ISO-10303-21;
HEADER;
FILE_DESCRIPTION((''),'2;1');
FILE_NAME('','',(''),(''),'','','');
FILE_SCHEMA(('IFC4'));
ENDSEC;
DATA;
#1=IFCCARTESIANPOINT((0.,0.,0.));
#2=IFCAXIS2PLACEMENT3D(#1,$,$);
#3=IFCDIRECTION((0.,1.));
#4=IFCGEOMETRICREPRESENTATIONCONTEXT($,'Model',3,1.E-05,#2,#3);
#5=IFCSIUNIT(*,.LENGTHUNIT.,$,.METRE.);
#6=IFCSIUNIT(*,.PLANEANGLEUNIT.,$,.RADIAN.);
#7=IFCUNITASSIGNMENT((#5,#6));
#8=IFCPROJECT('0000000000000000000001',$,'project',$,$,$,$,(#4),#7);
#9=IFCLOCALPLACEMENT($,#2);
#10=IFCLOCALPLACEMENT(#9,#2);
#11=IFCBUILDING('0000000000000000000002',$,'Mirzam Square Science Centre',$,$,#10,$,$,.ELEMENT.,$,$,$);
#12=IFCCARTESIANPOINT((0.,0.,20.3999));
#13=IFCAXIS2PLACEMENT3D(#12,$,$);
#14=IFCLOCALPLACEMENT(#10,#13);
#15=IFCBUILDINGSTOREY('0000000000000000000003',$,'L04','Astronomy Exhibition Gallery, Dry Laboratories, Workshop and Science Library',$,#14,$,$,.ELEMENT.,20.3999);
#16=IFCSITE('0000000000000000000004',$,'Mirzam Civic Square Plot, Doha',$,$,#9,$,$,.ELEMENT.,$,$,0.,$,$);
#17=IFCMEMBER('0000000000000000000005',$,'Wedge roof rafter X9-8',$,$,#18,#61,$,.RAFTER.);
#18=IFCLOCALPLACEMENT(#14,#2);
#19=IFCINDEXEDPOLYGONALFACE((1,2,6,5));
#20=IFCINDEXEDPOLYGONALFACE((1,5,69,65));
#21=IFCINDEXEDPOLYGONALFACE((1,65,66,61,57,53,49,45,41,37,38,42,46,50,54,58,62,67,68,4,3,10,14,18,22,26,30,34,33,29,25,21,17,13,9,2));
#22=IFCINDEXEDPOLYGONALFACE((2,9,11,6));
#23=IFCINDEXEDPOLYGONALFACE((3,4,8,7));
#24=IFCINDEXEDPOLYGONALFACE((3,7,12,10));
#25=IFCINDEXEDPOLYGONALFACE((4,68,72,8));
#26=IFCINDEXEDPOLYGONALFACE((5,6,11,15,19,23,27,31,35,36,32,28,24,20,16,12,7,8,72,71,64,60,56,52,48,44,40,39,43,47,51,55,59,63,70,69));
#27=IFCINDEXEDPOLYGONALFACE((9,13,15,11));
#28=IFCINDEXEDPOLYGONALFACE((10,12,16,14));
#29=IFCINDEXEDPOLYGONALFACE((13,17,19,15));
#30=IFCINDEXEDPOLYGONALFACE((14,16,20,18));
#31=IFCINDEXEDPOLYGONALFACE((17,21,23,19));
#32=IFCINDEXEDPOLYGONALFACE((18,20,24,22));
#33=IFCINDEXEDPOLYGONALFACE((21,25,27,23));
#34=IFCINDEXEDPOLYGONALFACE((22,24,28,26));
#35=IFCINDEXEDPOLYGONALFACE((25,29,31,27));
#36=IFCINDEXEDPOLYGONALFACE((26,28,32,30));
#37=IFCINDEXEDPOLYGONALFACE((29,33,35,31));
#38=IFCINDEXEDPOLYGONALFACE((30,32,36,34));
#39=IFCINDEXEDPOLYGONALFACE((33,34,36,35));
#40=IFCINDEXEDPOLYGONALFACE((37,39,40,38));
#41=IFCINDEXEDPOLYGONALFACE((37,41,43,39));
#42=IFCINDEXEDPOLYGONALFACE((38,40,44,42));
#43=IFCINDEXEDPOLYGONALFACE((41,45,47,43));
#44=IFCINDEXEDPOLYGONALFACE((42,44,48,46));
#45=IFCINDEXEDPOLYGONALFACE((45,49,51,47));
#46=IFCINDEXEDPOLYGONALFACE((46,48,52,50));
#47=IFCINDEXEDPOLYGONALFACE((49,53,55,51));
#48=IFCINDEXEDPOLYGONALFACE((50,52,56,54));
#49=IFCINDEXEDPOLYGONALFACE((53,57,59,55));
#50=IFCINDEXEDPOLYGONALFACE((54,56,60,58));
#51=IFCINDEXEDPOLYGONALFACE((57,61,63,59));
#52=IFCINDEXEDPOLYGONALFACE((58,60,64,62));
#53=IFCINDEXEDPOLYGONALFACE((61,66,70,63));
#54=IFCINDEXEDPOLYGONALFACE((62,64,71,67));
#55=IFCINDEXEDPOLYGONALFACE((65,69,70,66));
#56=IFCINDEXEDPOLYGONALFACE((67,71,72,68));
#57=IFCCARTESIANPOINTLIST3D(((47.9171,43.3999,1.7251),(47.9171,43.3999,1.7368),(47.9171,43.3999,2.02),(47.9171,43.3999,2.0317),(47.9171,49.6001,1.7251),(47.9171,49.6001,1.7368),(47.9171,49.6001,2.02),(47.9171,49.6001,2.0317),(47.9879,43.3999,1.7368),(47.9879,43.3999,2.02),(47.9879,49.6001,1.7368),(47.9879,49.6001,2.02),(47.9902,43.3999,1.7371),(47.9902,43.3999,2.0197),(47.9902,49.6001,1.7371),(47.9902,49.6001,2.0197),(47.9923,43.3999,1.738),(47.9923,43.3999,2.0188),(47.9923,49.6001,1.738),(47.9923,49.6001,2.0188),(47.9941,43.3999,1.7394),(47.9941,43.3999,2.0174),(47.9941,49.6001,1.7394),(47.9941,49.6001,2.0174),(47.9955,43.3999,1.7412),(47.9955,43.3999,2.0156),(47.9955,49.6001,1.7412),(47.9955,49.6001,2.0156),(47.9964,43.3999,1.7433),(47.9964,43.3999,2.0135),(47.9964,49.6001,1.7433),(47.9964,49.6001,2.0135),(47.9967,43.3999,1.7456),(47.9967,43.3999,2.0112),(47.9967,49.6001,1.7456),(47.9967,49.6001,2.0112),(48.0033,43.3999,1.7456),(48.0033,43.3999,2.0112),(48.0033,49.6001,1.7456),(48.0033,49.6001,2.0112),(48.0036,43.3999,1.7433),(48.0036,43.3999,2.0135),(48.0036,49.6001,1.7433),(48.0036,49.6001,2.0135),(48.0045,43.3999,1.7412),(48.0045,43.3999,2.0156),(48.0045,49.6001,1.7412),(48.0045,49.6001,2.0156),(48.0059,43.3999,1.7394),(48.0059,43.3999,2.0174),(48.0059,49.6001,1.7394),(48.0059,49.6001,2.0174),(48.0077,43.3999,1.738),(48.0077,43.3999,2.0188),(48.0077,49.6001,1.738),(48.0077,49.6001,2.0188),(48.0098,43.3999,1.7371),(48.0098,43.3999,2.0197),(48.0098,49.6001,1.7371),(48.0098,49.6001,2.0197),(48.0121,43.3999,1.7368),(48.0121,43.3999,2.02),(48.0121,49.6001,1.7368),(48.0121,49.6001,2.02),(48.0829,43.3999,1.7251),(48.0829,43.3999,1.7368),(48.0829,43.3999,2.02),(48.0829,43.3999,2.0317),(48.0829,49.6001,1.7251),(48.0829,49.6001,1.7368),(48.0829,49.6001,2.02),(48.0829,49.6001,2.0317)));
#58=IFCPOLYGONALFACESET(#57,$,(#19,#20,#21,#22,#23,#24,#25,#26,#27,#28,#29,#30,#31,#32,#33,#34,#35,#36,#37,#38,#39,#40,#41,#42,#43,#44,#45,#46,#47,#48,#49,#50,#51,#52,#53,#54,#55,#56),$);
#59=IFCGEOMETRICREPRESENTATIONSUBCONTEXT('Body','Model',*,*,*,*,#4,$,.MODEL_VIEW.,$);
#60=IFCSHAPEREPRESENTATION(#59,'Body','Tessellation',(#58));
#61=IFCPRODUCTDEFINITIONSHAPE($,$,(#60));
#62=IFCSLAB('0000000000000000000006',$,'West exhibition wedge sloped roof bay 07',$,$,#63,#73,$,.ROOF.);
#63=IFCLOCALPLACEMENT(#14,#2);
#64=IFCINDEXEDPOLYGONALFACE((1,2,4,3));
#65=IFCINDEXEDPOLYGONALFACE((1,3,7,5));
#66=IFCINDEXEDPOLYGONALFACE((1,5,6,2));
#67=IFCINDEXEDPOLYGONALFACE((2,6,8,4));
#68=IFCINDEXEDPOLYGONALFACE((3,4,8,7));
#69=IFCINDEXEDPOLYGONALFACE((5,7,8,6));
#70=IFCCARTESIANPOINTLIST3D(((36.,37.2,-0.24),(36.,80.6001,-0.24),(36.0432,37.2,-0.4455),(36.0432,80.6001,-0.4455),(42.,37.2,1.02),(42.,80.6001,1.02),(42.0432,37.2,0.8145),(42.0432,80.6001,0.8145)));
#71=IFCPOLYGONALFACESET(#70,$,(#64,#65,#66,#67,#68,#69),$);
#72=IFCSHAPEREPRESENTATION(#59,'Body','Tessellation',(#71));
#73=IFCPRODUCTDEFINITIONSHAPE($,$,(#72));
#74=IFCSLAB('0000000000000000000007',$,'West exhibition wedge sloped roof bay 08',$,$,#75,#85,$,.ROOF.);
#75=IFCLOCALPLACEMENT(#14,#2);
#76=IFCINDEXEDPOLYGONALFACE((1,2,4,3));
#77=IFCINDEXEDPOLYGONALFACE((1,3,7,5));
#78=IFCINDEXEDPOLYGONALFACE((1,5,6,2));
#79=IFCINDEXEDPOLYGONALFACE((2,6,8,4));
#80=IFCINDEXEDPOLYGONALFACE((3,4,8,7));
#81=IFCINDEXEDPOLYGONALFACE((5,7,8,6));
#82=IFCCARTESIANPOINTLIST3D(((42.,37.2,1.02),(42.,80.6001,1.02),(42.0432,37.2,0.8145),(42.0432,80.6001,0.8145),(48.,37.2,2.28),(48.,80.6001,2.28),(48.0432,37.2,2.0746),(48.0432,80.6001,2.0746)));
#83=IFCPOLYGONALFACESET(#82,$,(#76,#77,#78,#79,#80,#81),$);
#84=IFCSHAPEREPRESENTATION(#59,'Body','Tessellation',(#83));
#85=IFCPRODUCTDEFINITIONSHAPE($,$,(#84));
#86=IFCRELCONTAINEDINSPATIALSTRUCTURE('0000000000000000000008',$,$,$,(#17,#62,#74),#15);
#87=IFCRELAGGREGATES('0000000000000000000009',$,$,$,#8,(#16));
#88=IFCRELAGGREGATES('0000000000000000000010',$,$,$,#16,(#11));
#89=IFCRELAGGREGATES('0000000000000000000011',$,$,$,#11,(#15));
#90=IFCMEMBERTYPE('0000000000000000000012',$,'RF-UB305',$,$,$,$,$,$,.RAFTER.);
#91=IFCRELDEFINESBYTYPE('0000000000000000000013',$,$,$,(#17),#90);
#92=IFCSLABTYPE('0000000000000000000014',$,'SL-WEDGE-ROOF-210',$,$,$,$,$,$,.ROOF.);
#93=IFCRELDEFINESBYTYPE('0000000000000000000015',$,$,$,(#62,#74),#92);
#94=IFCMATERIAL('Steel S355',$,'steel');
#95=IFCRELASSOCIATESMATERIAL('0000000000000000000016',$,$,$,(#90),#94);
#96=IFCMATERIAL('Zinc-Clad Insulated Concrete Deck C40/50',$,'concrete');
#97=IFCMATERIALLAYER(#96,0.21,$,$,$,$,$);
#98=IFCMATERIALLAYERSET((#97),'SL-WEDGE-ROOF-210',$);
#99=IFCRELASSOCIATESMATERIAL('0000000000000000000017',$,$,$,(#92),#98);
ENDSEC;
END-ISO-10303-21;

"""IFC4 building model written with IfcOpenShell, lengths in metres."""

from ifc_helpers import new_model, si_unit, direction, frame, origin, origin_2d, place, context, subcontext, project, spatial, polyline, i_section, outline, extrude, material, layer, layer_set, material_profile, profile_set, type_object, element, save


model = new_model("IFC4")

# Units and contexts
model_context = context("Model", 3, precision=1e-05, world=origin(), true_north=direction((0.0, 1.0)))
body_context = subcontext(model_context, "Body", "Model", "MODEL_VIEW")
ifc_project = project(units=[si_unit("LENGTHUNIT", "METRE"), si_unit("PLANEANGLEUNIT", "RADIAN")], contexts=[model_context])

# Site, building, storey
site_placement = place(None, origin())
site = spatial("IfcSite", under=ifc_project, at=site_placement, Name="Mirzam Civic Square Plot, Doha", CompositionType="ELEMENT", RefElevation=0.0)
building_placement = place(site_placement, origin())
building = spatial("IfcBuilding", under=site, at=building_placement, Name="Mirzam Square Science Centre", CompositionType="ELEMENT")
storey_placement = place(building_placement, frame((0.0, 0.0, 20.3999)))
storey = spatial("IfcBuildingStorey", under=building, at=storey_placement, Name="L04", Description="Astronomy Exhibition Gallery, Dry Laboratories, Workshop and Science Library", CompositionType="ELEMENT", Elevation=20.3999)

# Member
ifc_material_1 = material(Name="Steel S355", Category="steel")
ifc_material_profile_1 = material_profile(ifc_material_1, i_section(OverallWidth=0.1658, OverallDepth=0.3066, WebThickness=0.0066, FlangeThickness=0.0117, FilletRadius=0.0088, at=origin_2d()), Name="305x165x46UB")
ifc_profile_set_1 = profile_set([ifc_material_profile_1], Name="Steel S355")
member_type_1 = type_object("IfcMemberType", Name="RF-UB305", PredefinedType="RAFTER", material=ifc_profile_set_1)
member_1_placement = place(storey_placement, frame((48.0, 43.3999, 1.8784), z_axis=(0.0, 1.0, 0.0), x_axis=(-1.0, 0.0, 0.0)))
element("IfcMember", 1, at=member_1_placement, inside=storey, type_object=member_type_1, Name="Wedge roof rafter X9-8", PredefinedType="RAFTER", context=body_context, shape_type="SweptSolid", body=[
    extrude(i_section(OverallWidth=0.1658, OverallDepth=0.3066, WebThickness=0.0066, FlangeThickness=0.0117, FilletRadius=0.0088, at=origin_2d()), origin(), (0.0, 0.0, 1.0), 6.2002),
])

# Slabs
ifc_material_2 = material(Name="Zinc-Clad Insulated Concrete Deck C40/50", Category="concrete")
ifc_layer = layer(ifc_material_2, 0.21)
ifc_layer_set = layer_set([ifc_layer], Name="SL-WEDGE-ROOF-210")
slab_type = type_object("IfcSlabType", Name="SL-WEDGE-ROOF-210", PredefinedType="ROOF", material=ifc_layer_set)
for number, where, z_axis, x_axis, name in (
    (2, (36.0, 37.2, -0.24), (-0.205519, 0.0, 0.978653), (0.978653, 0.0, 0.205519), "West exhibition wedge sloped roof bay 07"),
    (3, (42.0, 37.2, 1.02), (-0.205519, 0.0, 0.978653), (0.978653, 0.0, 0.205519), "West exhibition wedge sloped roof bay 08"),
):
    element("IfcSlab", number, at=place(storey_placement, frame(where, z_axis=z_axis, x_axis=x_axis)), inside=storey, type_object=slab_type, Name=name, PredefinedType="ROOF", context=body_context, shape_type="SweptSolid", body=[
        extrude(outline(polyline([(0.0, 0.0), (6.1309, 0.0), (6.1309, 43.4001), (0.0, 43.4001), (0.0, 0.0)])), origin(), (0.0, 0.0, -1.0), 0.21),
    ])

save(model, "model.ifc")
